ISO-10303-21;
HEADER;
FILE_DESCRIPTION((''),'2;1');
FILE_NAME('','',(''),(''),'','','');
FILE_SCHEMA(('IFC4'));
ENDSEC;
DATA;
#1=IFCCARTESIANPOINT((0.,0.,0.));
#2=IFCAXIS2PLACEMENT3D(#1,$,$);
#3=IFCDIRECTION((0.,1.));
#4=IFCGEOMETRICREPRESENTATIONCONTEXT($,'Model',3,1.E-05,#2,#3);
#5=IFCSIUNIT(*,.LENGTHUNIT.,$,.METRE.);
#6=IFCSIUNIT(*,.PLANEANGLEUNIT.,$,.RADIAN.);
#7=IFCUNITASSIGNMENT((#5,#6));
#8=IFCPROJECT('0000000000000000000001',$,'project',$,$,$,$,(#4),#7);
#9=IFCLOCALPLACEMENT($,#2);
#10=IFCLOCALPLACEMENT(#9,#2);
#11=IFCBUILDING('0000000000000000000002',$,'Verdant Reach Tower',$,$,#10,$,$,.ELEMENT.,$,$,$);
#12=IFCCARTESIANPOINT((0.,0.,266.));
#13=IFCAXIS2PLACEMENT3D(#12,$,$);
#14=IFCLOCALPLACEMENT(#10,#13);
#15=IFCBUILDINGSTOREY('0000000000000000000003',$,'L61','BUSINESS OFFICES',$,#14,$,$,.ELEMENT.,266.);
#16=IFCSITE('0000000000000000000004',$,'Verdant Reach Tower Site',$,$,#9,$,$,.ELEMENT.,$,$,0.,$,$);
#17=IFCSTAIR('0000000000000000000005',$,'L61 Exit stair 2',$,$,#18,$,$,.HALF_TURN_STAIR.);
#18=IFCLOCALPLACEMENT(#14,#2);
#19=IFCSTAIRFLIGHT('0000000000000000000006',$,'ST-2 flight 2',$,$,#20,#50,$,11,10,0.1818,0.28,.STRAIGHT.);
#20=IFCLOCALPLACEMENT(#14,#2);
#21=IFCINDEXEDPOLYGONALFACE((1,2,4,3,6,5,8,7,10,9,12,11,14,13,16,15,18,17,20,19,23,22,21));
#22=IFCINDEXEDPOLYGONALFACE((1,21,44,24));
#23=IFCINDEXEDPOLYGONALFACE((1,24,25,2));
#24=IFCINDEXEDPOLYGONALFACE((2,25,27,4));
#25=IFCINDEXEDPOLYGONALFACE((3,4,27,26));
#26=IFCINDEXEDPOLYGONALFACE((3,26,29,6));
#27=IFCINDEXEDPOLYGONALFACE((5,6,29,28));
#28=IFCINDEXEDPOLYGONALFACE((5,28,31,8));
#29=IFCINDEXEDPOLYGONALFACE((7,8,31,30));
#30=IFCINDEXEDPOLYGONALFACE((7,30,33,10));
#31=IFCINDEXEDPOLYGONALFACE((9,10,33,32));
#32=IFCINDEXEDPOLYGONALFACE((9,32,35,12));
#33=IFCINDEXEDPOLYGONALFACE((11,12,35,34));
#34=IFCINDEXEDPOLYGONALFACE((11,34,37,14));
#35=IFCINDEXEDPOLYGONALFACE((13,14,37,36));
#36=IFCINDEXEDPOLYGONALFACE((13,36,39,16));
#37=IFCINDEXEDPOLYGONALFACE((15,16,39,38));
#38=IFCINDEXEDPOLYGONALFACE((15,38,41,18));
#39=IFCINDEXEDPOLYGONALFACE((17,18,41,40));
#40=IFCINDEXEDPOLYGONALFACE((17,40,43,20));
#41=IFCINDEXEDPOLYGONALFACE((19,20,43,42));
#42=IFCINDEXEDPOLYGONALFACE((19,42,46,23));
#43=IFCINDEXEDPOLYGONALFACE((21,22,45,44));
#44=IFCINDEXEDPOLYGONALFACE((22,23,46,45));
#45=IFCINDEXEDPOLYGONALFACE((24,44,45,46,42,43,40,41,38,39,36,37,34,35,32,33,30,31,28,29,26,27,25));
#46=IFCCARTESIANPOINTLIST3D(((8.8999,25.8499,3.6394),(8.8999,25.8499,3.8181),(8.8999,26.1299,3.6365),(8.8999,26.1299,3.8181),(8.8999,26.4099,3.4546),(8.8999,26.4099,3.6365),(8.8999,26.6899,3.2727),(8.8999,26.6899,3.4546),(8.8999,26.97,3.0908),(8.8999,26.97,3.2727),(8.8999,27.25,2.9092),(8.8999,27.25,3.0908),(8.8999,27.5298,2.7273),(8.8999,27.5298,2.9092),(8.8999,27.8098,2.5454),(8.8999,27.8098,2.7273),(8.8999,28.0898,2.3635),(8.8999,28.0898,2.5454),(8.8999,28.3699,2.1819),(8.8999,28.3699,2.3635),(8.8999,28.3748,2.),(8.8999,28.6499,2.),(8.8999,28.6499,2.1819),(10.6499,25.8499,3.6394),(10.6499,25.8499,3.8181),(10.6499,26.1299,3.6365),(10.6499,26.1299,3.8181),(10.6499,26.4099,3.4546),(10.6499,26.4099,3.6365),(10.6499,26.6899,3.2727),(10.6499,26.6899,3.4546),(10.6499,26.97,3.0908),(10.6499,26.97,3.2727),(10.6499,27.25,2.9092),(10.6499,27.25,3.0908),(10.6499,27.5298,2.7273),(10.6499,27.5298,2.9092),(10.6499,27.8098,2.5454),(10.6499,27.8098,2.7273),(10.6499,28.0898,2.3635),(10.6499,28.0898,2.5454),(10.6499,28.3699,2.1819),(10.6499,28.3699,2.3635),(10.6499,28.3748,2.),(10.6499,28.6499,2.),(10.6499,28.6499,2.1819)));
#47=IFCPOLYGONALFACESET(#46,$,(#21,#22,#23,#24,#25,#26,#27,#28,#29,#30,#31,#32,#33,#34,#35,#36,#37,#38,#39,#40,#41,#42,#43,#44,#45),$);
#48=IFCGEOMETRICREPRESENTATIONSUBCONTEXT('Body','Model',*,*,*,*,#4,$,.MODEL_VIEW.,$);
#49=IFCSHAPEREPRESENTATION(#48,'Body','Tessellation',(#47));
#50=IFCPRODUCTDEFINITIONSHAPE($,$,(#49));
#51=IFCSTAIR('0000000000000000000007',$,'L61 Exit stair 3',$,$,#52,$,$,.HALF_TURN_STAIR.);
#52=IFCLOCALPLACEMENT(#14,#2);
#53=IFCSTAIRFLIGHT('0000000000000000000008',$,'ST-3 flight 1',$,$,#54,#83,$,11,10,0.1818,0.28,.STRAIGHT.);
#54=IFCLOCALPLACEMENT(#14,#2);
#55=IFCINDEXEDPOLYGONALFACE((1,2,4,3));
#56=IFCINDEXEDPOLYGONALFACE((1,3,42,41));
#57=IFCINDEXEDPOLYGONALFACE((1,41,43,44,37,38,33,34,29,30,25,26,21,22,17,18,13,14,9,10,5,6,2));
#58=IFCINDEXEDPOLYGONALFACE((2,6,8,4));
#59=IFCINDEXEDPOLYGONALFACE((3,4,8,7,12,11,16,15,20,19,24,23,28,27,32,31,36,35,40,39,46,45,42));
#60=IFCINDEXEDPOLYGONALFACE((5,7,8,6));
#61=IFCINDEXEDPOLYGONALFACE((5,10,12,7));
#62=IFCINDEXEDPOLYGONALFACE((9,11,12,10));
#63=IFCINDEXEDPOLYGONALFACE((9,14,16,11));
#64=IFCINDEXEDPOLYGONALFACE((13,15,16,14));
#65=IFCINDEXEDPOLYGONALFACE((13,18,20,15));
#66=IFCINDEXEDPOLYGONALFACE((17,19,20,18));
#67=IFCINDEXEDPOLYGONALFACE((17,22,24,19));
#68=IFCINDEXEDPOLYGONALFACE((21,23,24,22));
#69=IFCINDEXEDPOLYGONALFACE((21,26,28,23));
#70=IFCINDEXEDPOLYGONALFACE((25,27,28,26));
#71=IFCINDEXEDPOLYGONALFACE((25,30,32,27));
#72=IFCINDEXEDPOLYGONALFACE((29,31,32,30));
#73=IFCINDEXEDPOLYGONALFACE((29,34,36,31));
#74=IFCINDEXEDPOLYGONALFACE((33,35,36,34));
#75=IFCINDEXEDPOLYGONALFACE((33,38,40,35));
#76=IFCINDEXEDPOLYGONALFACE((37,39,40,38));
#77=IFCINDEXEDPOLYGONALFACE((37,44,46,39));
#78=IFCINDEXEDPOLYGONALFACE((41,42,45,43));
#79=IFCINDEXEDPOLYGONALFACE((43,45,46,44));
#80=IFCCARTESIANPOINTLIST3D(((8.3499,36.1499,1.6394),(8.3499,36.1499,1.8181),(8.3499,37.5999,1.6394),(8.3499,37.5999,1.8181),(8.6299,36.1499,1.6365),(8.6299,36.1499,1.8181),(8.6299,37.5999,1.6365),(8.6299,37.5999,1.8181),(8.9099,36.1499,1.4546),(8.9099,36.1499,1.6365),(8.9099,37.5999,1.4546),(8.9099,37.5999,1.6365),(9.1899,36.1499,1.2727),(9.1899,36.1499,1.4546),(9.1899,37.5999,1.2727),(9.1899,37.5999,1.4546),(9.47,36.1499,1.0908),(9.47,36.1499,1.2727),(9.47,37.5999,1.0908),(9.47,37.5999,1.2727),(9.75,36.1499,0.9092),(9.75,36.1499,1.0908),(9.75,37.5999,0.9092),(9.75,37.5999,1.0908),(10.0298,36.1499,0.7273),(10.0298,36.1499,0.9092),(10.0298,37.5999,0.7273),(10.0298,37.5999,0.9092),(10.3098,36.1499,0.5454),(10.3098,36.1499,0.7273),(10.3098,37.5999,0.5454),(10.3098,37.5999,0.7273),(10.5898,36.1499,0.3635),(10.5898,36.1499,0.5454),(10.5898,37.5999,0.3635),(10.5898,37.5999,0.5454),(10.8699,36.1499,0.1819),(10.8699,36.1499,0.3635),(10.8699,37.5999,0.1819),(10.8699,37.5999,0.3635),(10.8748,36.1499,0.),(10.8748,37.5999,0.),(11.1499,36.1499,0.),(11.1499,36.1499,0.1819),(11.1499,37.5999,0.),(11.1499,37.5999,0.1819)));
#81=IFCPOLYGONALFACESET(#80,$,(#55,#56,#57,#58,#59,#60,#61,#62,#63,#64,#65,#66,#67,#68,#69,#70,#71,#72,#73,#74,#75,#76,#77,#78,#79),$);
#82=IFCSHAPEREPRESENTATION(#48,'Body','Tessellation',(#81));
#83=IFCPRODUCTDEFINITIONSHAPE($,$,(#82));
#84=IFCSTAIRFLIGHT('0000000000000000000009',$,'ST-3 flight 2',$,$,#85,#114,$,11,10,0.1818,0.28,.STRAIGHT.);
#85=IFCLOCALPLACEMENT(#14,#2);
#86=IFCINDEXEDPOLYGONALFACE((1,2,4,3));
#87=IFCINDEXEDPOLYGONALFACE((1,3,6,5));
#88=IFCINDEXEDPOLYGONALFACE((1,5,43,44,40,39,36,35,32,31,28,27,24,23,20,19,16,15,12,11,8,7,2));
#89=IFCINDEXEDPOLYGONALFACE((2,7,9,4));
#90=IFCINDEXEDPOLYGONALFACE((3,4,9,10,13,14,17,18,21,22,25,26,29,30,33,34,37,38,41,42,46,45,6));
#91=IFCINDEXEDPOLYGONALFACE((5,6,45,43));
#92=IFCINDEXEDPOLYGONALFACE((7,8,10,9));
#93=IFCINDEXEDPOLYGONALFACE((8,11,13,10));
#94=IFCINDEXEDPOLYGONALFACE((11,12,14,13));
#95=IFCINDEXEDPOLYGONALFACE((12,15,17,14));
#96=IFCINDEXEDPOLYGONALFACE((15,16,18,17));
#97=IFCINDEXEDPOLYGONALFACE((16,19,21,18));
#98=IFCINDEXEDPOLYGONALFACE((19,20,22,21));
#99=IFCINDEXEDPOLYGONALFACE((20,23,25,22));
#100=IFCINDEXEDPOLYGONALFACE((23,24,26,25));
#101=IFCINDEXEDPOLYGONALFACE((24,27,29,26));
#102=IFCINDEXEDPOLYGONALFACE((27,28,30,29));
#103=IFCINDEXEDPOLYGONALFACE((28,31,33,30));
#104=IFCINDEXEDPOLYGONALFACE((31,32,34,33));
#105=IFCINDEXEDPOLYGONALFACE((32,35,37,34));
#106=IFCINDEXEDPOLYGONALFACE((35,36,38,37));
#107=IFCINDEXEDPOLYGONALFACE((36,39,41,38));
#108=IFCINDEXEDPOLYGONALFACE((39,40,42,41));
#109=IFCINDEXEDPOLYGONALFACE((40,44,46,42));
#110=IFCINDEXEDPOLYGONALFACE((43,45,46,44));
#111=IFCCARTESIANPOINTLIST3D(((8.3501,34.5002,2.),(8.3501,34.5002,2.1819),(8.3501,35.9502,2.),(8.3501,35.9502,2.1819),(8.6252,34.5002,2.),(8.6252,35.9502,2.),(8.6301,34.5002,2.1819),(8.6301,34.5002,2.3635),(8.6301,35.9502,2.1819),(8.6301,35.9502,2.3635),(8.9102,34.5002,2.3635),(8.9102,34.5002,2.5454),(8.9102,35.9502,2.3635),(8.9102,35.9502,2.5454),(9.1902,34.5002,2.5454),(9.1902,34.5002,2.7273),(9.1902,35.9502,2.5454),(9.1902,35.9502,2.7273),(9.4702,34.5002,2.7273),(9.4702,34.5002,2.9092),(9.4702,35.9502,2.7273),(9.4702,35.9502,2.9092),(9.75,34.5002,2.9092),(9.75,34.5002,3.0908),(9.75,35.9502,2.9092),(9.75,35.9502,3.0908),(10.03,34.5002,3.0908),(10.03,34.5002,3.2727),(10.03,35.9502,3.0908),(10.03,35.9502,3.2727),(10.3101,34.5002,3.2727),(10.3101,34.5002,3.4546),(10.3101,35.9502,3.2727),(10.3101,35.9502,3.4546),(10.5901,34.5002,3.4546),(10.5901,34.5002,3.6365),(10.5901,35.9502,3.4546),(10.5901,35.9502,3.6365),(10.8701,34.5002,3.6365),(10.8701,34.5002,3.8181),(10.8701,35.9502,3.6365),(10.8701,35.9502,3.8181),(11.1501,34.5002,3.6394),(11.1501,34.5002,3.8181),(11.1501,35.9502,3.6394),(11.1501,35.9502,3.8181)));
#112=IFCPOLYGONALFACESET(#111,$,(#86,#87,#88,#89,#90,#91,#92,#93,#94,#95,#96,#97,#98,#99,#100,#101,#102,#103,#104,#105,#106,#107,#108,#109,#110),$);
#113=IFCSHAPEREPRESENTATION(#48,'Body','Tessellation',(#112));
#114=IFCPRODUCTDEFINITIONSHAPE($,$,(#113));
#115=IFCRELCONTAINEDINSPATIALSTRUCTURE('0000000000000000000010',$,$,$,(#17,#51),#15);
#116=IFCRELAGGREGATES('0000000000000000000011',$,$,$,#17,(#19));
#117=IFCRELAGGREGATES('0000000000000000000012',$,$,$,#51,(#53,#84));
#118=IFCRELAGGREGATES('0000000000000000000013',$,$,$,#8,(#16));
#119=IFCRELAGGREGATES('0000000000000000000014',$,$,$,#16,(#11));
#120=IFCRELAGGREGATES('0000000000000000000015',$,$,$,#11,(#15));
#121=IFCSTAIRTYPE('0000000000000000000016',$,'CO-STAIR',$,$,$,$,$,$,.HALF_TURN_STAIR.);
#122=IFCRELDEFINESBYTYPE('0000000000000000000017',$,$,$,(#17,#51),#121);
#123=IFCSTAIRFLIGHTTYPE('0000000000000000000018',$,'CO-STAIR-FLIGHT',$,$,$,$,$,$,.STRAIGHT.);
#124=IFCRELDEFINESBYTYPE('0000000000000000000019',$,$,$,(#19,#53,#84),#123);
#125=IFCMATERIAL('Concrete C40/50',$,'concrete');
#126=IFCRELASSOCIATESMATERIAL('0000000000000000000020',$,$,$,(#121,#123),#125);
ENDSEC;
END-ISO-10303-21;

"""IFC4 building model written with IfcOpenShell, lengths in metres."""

from ifc_helpers import new_model, si_unit, direction, frame, origin, place, context, subcontext, project, spatial, polyline, outline, extrude, material, type_object, element, aggregate, save


model = new_model("IFC4")

# Units and contexts
model_context = context("Model", 3, precision=1e-05, world=origin(), true_north=direction((0.0, 1.0)))
body_context = subcontext(model_context, "Body", "Model", "MODEL_VIEW")
ifc_project = project(units=[si_unit("LENGTHUNIT", "METRE"), si_unit("PLANEANGLEUNIT", "RADIAN")], contexts=[model_context])

# Site, building, storey
site_placement = place(None, origin())
site = spatial("IfcSite", under=ifc_project, at=site_placement, Name="Verdant Reach Tower Site", CompositionType="ELEMENT", RefElevation=0.0)
building_placement = place(site_placement, origin())
building = spatial("IfcBuilding", under=site, at=building_placement, Name="Verdant Reach Tower", CompositionType="ELEMENT")
storey_placement = place(building_placement, frame((0.0, 0.0, 266.0)))
storey = spatial("IfcBuildingStorey", under=building, at=storey_placement, Name="L61", Description="BUSINESS OFFICES", CompositionType="ELEMENT", Elevation=266.0)

# Shared definitions
ifc_material_1 = material(Name="Concrete C40/50", Category="concrete")

# Stairs, stair flights
stair_type = type_object("IfcStairType", Name="CO-STAIR", PredefinedType="HALF_TURN_STAIR", material=ifc_material_1)
stair_1_placement = place(storey_placement, origin())
stair_1 = element("IfcStair", 1, at=stair_1_placement, inside=storey, type_object=stair_type, Name="L61 Exit stair 2", PredefinedType="HALF_TURN_STAIR")
stair_flight_type = type_object("IfcStairFlightType", Name="CO-STAIR-FLIGHT", PredefinedType="STRAIGHT", material=ifc_material_1)
stair_flight_1_placement = place(storey_placement, frame((9.7749, 28.6499, 2.0), z_axis=(0.0, 0.0, 1.0), x_axis=(0.0, -1.0, 0.0)))
stair_flight_1 = element("IfcStairFlight", 2, at=stair_flight_1_placement, type_object=stair_flight_type, Name="ST-2 flight 2", NumberOfRisers=11, NumberOfTreads=10, PredefinedType="STRAIGHT", RiserHeight=0.1818, TreadLength=0.28, context=body_context, shape_type="SweptSolid", body=[
    extrude(outline(polyline([(0.0, 0.0), (0.0, 0.1819), (0.28, 0.1819), (0.28, 0.3635), (0.5601, 0.3635), (0.5601, 0.5454), (0.8401, 0.5454), (0.8401, 0.7273), (1.1201, 0.7273), (1.1201, 0.9092), (1.3999, 0.9092), (1.3999, 1.0908), (1.6799, 1.0908), (1.6799, 1.2727), (1.96, 1.2727), (1.96, 1.4546), (2.24, 1.4546), (2.24, 1.6365), (2.52, 1.6365), (2.52, 1.8181), (2.8, 1.8181), (2.8, 2.0), (2.8, 1.6394), (0.2751, 0.0), (0.0, 0.0)])), frame((0.0, 0.875, 0.0), z_axis=(0.0, -1.0, 0.0), x_axis=(1.0, 0.0, 0.0)), (0.0, 0.0, 1.0), 1.75),
])
aggregate(stair_1, [stair_flight_1])
stair_2_placement = place(storey_placement, origin())
stair_2 = element("IfcStair", 3, at=stair_2_placement, inside=storey, type_object=stair_type, Name="L61 Exit stair 3", PredefinedType="HALF_TURN_STAIR")
stair_flight_2_placement = place(storey_placement, frame((11.1499, 36.875, 0.0), z_axis=(0.0, 0.0, 1.0), x_axis=(-1.0, 0.0, 0.0)))
stair_flight_2 = element("IfcStairFlight", 4, at=stair_flight_2_placement, type_object=stair_flight_type, Name="ST-3 flight 1", NumberOfRisers=11, NumberOfTreads=10, PredefinedType="STRAIGHT", RiserHeight=0.1818, TreadLength=0.28, context=body_context, shape_type="SweptSolid", body=[
    extrude(outline(polyline([(0.0, 0.0), (0.0, 0.1819), (0.28, 0.1819), (0.28, 0.3635), (0.5601, 0.3635), (0.5601, 0.5454), (0.8401, 0.5454), (0.8401, 0.7273), (1.1201, 0.7273), (1.1201, 0.9092), (1.3999, 0.9092), (1.3999, 1.0908), (1.6799, 1.0908), (1.6799, 1.2727), (1.96, 1.2727), (1.96, 1.4546), (2.24, 1.4546), (2.24, 1.6365), (2.52, 1.6365), (2.52, 1.8181), (2.8, 1.8181), (2.8, 2.0), (2.8, 1.6394), (0.2751, 0.0), (0.0, 0.0)])), frame((0.0, 0.7251, 0.0), z_axis=(0.0, -1.0, 0.0), x_axis=(1.0, 0.0, 0.0)), (0.0, 0.0, 1.0), 1.45),
])
stair_flight_3_placement = place(storey_placement, frame((8.3501, 35.2251, 2.0), z_axis=(0.0, 0.0, 1.0), x_axis=(1.0, 0.0, 0.0)))
stair_flight_3 = element("IfcStairFlight", 5, at=stair_flight_3_placement, type_object=stair_flight_type, Name="ST-3 flight 2", NumberOfRisers=11, NumberOfTreads=10, PredefinedType="STRAIGHT", RiserHeight=0.1818, TreadLength=0.28, context=body_context, shape_type="SweptSolid", body=[
    extrude(outline(polyline([(0.0, 0.0), (0.0, 0.1819), (0.28, 0.1819), (0.28, 0.3635), (0.5601, 0.3635), (0.5601, 0.5454), (0.8401, 0.5454), (0.8401, 0.7273), (1.1201, 0.7273), (1.1201, 0.9092), (1.3999, 0.9092), (1.3999, 1.0908), (1.6799, 1.0908), (1.6799, 1.2727), (1.96, 1.2727), (1.96, 1.4546), (2.24, 1.4546), (2.24, 1.6365), (2.52, 1.6365), (2.52, 1.8181), (2.8, 1.8181), (2.8, 2.0), (2.8, 1.6394), (0.2751, 0.0), (0.0, 0.0)])), frame((0.0, 0.7251, 0.0), z_axis=(0.0, -1.0, 0.0), x_axis=(1.0, 0.0, 0.0)), (0.0, 0.0, 1.0), 1.45),
])
aggregate(stair_2, [stair_flight_2, stair_flight_3])

save(model, "model.ifc")
